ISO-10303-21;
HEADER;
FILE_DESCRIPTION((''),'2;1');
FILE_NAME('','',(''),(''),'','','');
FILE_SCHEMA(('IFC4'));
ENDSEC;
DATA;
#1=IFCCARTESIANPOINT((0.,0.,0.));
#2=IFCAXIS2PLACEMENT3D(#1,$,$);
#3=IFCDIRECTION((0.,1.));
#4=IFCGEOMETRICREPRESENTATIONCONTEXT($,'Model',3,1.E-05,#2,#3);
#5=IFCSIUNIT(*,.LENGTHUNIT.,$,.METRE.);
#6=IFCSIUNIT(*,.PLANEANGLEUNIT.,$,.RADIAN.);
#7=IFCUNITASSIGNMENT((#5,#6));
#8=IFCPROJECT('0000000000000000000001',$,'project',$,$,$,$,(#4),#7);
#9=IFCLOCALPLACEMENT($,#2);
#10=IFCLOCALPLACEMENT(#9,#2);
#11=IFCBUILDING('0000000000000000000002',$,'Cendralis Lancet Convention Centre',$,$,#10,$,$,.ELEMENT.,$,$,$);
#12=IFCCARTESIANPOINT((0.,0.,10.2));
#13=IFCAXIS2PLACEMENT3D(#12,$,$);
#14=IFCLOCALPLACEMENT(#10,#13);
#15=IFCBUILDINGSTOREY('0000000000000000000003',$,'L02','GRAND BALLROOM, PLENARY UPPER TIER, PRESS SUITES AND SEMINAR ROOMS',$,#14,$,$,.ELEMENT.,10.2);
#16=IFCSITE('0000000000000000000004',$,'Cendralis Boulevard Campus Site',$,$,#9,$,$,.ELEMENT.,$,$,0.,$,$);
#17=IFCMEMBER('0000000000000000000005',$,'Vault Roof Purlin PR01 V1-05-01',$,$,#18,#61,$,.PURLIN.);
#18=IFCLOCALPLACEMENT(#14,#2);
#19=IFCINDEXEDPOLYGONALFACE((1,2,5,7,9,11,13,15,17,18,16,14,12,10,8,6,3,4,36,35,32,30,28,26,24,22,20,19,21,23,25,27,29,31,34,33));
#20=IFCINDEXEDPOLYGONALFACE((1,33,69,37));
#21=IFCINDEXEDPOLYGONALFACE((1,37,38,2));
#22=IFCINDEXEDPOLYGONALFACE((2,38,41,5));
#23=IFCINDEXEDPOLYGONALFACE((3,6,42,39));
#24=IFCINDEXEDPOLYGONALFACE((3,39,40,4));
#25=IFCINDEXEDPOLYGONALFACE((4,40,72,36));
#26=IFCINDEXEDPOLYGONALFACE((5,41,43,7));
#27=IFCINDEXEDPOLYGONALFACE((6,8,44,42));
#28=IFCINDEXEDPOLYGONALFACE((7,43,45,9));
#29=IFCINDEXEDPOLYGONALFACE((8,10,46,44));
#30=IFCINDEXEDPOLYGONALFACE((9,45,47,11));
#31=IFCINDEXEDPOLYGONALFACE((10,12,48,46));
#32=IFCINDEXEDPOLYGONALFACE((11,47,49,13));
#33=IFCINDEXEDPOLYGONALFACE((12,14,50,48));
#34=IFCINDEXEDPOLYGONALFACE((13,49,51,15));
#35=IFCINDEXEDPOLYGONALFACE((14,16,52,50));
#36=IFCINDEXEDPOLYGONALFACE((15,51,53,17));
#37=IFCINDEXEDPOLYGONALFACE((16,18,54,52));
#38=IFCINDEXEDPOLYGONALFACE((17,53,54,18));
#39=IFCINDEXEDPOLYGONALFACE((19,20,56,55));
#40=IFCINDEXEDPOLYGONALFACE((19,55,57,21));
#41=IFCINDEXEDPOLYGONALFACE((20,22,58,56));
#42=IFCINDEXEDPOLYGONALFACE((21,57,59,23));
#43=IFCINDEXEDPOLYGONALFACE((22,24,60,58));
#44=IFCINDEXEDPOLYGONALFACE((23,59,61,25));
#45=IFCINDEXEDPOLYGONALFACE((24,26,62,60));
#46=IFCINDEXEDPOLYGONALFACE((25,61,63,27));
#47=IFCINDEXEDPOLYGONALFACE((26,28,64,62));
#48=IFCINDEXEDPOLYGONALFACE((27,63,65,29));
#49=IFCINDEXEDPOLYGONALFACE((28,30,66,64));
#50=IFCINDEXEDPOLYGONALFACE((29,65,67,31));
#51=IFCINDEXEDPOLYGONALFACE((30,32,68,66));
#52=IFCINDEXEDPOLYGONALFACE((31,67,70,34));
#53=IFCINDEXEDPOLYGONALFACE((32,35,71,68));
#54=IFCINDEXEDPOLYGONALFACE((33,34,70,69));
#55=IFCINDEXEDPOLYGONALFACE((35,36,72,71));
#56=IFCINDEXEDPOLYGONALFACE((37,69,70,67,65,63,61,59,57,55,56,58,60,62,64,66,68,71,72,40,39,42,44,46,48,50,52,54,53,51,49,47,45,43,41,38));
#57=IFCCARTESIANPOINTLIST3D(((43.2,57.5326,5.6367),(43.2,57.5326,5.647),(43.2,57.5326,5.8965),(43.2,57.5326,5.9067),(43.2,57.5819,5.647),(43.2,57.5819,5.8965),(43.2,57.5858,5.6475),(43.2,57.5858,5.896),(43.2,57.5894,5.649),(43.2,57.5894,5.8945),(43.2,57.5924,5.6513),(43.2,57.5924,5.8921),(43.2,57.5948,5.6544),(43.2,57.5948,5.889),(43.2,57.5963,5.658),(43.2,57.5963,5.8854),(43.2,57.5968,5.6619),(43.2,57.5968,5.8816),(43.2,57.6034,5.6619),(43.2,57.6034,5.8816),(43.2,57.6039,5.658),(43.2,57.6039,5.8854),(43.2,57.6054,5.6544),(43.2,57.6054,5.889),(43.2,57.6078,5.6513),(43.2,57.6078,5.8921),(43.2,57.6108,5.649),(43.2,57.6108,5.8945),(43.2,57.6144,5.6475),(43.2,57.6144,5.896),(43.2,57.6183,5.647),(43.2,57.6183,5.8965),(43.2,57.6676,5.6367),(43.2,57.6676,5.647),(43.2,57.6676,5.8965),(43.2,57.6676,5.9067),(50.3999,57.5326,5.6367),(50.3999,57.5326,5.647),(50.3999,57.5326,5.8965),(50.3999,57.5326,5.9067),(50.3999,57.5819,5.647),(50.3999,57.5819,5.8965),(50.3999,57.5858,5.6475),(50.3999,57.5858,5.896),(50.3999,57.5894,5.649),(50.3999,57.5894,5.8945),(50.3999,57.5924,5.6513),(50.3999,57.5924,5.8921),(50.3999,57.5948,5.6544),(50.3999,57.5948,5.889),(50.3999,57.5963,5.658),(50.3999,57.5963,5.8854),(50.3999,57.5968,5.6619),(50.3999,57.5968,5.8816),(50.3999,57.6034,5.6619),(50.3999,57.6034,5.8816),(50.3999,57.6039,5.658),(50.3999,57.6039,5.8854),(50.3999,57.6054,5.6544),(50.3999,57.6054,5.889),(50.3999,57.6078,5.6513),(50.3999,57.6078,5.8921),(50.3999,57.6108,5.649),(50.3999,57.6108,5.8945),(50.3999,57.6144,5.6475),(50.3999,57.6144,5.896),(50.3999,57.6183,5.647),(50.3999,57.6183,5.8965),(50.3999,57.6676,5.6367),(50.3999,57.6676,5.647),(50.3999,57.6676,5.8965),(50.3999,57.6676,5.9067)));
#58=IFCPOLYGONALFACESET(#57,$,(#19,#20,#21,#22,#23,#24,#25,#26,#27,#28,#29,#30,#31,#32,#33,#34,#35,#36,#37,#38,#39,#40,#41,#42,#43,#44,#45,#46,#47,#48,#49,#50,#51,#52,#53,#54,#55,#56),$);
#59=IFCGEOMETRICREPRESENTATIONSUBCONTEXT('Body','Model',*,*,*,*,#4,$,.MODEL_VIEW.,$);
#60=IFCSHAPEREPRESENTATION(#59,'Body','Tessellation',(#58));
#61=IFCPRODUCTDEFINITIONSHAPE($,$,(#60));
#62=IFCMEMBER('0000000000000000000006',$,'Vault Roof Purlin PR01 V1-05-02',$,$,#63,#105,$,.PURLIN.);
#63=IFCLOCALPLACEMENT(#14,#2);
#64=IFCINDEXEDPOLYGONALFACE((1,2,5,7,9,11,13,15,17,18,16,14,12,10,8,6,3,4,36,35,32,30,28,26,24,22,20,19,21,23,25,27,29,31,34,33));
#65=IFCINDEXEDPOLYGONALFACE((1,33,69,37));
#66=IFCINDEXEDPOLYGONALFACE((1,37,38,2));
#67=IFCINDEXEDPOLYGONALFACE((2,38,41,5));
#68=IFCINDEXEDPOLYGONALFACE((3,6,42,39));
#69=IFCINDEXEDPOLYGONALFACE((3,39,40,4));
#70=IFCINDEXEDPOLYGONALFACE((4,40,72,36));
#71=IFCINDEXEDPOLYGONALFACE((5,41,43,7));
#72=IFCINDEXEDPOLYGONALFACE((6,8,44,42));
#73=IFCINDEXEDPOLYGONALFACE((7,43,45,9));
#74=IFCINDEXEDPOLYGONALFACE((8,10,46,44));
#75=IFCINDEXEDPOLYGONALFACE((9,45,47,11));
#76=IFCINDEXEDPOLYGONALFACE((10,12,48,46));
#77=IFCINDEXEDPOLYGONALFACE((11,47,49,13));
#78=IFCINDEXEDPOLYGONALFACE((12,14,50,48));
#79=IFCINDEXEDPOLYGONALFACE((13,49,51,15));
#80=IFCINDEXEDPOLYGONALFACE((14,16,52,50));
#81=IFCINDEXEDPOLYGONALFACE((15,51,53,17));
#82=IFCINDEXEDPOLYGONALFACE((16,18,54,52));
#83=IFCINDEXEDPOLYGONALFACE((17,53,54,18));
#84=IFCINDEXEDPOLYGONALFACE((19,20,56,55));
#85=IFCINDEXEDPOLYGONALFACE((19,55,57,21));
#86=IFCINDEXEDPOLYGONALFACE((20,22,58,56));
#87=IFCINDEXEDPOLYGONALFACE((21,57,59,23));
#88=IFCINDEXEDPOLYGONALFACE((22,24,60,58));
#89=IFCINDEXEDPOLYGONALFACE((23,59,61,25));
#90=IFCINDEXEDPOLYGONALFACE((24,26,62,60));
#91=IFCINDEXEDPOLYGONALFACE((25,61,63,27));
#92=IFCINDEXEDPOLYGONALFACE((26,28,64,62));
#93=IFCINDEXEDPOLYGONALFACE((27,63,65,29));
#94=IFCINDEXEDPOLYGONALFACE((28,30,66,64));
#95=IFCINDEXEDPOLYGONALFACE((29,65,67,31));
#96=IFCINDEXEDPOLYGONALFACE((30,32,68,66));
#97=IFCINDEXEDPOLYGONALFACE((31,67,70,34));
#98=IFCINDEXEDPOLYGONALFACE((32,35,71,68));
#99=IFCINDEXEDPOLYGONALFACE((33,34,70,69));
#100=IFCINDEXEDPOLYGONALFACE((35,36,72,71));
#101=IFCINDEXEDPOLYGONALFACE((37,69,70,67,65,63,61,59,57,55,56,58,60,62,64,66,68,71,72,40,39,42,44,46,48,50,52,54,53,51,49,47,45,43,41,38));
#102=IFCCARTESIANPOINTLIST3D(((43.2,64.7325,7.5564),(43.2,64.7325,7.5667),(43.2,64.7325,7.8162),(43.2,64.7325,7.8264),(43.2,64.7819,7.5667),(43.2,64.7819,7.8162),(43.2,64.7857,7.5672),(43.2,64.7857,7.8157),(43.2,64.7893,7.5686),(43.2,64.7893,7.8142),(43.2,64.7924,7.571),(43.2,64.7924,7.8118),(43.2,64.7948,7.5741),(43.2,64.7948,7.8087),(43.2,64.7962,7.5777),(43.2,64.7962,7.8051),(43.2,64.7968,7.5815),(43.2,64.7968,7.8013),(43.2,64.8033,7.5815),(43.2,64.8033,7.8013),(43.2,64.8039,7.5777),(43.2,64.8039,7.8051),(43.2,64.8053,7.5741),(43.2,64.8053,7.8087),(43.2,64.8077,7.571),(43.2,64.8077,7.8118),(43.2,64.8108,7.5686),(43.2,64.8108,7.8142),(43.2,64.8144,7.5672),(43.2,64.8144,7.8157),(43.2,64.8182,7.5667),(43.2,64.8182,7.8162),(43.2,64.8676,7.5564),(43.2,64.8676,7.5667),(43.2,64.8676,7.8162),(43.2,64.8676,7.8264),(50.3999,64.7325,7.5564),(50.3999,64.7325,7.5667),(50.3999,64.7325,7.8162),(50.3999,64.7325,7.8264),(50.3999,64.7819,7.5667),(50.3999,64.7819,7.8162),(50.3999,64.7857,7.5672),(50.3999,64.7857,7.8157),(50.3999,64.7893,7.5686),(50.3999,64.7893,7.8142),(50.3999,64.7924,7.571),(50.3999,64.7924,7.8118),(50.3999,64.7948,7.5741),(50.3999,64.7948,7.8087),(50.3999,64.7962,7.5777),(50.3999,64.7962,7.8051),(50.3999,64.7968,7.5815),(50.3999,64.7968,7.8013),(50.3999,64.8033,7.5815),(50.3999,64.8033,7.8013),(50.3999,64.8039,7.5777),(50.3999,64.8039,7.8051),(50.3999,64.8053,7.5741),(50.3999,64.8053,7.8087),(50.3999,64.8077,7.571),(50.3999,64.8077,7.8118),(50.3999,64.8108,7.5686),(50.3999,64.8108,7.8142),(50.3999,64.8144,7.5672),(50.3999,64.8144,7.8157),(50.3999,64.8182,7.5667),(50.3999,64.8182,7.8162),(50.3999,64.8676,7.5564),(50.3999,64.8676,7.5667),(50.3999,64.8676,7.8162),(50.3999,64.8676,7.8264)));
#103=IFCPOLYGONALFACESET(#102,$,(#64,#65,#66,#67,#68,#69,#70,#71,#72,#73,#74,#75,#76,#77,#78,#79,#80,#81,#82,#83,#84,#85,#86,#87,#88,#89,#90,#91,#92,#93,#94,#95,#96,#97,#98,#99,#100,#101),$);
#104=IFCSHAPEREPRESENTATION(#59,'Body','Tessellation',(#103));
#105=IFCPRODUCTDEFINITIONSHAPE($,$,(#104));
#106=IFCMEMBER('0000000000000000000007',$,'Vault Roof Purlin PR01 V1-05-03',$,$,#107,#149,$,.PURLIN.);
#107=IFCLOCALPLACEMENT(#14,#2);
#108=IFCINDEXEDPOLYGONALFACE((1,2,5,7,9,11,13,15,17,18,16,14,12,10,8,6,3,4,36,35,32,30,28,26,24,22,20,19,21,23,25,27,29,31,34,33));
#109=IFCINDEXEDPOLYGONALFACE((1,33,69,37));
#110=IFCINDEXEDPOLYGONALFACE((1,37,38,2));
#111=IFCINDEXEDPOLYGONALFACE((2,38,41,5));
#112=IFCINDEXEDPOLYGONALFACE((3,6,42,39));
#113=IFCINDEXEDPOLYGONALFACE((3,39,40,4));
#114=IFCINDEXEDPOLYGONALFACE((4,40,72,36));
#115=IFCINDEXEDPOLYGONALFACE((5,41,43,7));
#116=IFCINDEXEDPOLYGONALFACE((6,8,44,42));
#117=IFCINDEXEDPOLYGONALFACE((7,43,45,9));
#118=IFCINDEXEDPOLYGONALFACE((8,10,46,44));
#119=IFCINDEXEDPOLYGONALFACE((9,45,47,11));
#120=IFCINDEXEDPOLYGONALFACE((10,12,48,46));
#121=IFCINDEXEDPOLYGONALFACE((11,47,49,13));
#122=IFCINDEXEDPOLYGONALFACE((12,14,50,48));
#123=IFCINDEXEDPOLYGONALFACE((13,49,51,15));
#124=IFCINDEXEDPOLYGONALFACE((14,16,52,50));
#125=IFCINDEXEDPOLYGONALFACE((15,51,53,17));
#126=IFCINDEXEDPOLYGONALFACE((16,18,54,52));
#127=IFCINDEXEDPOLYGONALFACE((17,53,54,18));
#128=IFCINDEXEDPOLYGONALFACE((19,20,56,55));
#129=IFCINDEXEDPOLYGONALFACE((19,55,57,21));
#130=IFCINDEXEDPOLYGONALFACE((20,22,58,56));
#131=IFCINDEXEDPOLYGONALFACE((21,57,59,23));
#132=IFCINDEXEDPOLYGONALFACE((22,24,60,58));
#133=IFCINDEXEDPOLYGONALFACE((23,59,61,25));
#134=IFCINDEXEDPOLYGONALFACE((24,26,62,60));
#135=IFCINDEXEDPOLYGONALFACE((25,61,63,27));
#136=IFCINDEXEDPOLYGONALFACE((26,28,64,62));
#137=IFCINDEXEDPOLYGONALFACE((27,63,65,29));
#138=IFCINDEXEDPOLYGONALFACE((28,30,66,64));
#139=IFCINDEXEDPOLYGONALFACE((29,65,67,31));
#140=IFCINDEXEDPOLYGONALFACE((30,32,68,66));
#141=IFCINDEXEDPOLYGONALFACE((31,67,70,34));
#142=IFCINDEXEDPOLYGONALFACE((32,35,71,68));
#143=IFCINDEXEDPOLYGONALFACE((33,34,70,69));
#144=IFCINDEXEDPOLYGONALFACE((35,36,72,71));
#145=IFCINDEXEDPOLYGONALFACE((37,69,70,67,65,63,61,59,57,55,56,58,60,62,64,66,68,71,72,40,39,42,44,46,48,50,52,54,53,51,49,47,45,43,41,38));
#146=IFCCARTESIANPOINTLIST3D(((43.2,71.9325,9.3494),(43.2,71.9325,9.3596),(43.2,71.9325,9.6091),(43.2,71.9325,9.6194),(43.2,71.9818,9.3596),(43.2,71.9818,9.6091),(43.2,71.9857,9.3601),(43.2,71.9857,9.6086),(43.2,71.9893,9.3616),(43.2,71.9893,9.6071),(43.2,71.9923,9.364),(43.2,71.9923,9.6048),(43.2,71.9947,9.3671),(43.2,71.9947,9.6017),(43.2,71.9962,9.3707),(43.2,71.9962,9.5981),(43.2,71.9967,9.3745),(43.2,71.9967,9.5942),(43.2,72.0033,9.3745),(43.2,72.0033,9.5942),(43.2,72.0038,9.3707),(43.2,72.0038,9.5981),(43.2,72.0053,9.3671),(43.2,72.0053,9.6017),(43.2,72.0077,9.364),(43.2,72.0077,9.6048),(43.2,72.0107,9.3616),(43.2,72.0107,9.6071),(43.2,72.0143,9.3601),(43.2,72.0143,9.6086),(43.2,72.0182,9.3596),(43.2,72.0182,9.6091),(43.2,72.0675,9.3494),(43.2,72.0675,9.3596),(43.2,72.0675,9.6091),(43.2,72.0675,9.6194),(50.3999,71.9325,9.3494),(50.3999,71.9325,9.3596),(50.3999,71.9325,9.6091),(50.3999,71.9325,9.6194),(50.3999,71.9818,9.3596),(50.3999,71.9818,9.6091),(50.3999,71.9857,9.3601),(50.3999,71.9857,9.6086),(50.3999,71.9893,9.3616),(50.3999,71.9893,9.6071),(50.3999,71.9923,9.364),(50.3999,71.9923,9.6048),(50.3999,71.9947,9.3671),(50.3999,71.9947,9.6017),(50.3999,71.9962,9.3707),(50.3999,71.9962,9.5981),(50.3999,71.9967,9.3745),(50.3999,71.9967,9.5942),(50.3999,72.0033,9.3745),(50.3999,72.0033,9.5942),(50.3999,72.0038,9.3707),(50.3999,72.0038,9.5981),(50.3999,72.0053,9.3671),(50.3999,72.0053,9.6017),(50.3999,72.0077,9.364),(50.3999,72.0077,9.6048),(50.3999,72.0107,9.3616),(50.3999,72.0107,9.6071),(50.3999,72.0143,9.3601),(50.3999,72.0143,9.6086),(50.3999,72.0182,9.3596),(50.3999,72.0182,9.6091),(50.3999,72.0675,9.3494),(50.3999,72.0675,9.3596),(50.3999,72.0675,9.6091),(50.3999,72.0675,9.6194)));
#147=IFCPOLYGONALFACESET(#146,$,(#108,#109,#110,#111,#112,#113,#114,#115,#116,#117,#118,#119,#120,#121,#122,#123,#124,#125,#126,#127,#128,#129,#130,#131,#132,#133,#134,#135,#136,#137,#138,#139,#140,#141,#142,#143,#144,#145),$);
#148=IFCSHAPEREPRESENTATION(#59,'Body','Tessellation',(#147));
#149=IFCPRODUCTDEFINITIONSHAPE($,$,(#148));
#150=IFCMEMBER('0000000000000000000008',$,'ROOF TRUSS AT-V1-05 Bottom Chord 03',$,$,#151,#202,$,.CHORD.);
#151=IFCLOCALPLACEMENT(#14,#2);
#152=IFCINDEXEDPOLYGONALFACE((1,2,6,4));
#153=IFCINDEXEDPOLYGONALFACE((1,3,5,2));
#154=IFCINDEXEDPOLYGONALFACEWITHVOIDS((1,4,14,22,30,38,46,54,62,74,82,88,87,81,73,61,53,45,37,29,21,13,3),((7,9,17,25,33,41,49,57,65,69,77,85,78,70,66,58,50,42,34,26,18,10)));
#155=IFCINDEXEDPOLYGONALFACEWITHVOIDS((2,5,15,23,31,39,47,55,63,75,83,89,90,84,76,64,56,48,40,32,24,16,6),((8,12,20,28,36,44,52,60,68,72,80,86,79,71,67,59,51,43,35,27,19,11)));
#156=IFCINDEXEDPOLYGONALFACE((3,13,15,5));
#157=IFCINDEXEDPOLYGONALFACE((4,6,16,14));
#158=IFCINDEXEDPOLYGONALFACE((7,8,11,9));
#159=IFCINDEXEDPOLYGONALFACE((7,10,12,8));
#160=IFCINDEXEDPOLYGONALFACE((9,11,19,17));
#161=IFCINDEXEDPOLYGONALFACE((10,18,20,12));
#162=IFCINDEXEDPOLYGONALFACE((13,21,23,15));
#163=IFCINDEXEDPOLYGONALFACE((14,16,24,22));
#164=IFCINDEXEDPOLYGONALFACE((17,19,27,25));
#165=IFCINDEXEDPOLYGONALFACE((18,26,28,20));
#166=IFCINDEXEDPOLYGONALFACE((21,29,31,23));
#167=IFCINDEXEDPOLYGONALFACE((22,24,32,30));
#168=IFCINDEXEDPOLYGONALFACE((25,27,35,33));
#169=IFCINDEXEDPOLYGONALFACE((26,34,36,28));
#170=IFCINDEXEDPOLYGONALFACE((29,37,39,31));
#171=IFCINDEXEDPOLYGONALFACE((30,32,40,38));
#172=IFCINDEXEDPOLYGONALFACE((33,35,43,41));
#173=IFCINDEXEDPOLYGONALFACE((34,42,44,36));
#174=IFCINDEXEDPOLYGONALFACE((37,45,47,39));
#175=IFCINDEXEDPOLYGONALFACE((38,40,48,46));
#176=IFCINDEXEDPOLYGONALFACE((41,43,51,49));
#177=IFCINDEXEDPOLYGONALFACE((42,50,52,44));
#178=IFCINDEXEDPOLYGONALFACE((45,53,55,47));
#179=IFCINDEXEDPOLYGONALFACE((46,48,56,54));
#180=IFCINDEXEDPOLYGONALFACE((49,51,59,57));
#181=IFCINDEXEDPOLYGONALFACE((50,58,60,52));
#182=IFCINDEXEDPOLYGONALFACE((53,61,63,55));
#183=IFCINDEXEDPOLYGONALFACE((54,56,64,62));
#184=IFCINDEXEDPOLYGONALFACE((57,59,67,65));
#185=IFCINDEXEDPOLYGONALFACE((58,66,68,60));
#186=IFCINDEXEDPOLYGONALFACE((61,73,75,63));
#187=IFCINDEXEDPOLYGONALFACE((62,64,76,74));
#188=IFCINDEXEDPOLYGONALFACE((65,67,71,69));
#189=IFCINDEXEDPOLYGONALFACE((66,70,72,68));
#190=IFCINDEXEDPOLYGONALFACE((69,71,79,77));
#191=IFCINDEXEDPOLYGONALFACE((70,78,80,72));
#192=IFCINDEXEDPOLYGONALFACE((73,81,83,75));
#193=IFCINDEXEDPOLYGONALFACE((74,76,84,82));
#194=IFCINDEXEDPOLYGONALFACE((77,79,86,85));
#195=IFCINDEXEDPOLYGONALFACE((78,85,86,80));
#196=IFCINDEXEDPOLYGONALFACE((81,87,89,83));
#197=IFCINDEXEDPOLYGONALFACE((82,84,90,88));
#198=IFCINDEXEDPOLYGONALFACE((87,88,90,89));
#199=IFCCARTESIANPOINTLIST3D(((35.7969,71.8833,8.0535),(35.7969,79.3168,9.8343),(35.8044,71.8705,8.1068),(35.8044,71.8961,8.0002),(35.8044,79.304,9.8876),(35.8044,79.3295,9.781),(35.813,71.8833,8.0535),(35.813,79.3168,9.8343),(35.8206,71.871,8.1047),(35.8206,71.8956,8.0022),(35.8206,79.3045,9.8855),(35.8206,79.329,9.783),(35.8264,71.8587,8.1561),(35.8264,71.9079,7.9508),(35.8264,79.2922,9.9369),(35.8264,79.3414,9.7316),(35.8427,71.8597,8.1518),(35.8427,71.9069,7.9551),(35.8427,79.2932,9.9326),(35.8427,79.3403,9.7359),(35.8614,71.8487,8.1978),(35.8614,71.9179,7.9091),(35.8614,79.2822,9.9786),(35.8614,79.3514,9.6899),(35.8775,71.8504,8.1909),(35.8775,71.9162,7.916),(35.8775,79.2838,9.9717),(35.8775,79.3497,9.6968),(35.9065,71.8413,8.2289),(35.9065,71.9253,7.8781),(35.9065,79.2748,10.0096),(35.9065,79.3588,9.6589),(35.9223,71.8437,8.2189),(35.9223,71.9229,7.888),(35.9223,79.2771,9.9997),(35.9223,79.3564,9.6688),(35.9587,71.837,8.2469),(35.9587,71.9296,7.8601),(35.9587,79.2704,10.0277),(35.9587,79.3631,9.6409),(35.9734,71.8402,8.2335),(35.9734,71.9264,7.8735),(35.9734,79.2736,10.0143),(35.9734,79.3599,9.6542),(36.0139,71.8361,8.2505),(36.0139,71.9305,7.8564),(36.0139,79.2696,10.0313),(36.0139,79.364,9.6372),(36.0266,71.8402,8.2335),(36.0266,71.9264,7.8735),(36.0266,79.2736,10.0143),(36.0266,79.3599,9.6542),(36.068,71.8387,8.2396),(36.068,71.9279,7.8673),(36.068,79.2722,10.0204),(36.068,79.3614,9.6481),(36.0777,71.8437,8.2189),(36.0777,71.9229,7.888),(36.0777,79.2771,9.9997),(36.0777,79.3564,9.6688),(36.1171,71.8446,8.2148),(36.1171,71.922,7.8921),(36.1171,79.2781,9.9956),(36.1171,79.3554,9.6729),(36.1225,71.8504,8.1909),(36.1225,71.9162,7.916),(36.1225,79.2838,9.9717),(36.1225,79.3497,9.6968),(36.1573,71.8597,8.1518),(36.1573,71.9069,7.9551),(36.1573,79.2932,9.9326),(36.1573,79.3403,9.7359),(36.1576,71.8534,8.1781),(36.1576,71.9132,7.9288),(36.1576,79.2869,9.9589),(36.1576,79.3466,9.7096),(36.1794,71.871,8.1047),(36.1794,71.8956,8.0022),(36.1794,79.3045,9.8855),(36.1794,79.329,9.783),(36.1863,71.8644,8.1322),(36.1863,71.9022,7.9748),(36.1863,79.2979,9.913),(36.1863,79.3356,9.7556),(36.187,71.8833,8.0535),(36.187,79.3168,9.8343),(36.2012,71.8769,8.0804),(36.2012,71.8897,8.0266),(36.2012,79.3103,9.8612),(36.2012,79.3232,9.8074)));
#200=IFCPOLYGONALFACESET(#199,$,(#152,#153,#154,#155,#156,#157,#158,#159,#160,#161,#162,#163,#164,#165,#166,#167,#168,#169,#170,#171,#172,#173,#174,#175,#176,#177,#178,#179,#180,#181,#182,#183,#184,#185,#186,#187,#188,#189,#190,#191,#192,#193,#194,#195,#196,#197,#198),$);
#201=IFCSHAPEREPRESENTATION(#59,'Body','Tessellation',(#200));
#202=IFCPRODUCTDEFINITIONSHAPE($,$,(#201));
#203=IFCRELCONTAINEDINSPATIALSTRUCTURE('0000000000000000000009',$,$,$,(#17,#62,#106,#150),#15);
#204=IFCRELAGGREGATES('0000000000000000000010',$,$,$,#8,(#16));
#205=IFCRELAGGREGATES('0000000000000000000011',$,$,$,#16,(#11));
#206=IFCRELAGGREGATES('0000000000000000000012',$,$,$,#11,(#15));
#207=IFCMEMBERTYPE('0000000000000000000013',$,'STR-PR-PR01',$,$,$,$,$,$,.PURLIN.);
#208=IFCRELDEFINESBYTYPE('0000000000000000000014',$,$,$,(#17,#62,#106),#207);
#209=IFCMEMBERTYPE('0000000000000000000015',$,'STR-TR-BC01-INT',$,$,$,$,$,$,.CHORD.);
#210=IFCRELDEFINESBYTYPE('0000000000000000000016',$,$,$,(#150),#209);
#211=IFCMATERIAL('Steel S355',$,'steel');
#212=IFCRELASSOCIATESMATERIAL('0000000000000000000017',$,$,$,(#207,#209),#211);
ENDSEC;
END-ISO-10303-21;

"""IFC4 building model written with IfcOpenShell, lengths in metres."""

from ifc_helpers import new_model, si_unit, direction, frame, origin, origin_2d, place, context, subcontext, project, spatial, hollow_circle, i_section, extrude, material, material_profile, profile_set, type_object, element, save


model = new_model("IFC4")

# Units and contexts
model_context = context("Model", 3, precision=1e-05, world=origin(), true_north=direction((0.0, 1.0)))
body_context = subcontext(model_context, "Body", "Model", "MODEL_VIEW")
ifc_project = project(units=[si_unit("LENGTHUNIT", "METRE"), si_unit("PLANEANGLEUNIT", "RADIAN")], contexts=[model_context])

# Site, building, storey
site_placement = place(None, origin())
site = spatial("IfcSite", under=ifc_project, at=site_placement, Name="Cendralis Boulevard Campus Site", CompositionType="ELEMENT", RefElevation=0.0)
building_placement = place(site_placement, origin())
building = spatial("IfcBuilding", under=site, at=building_placement, Name="Cendralis Lancet Convention Centre", CompositionType="ELEMENT")
storey_placement = place(building_placement, frame((0.0, 0.0, 10.2)))
storey = spatial("IfcBuildingStorey", under=building, at=storey_placement, Name="L02", Description="GRAND BALLROOM, PLENARY UPPER TIER, PRESS SUITES AND SEMINAR ROOMS", CompositionType="ELEMENT", Elevation=10.2)

# Members
ifc_material = material(Name="Steel S355", Category="steel")
ifc_material_profile_1 = material_profile(ifc_material, i_section(OverallWidth=0.135, OverallDepth=0.27, WebThickness=0.0066, FlangeThickness=0.0103, FilletRadius=0.0149, at=origin_2d()), Name="IPE 270")
ifc_profile_set_1 = profile_set([ifc_material_profile_1], Name="Steel S355")
member_type_1 = type_object("IfcMemberType", Name="STR-PR-PR01", PredefinedType="PURLIN", material=ifc_profile_set_1)
for number, where, z_axis, x_axis, name in (
    (1, (43.2, 57.6001, 5.7717), (1.0, 0.0, 0.0), (0.0, 1.0, 0.0), "Vault Roof Purlin PR01 V1-05-01"),
    (2, (43.2, 64.8, 7.6914), (1.0, 0.0, 0.0), (0.0, 1.0, 0.0), "Vault Roof Purlin PR01 V1-05-02"),
    (3, (43.2, 72.0, 9.4844), (1.0, 0.0, 0.0), (0.0, 1.0, 0.0), "Vault Roof Purlin PR01 V1-05-03"),
):
    element("IfcMember", number, at=place(storey_placement, frame(where, z_axis=z_axis, x_axis=x_axis)), inside=storey, type_object=member_type_1, Name=name, PredefinedType="PURLIN", context=body_context, shape_type="SweptSolid", body=[
        extrude(i_section(OverallWidth=0.135, OverallDepth=0.27, WebThickness=0.0066, FlangeThickness=0.0103, FilletRadius=0.0149, at=origin_2d()), origin(), (0.0, 0.0, 1.0), 7.2),
    ])
ifc_material_profile_2 = material_profile(ifc_material, hollow_circle(Radius=0.2031, WallThickness=0.0161, at=origin_2d()), Name="CHS 406.4x16.0")
ifc_profile_set_2 = profile_set([ifc_material_profile_2], Name="Steel S355")
member_type_2 = type_object("IfcMemberType", Name="STR-TR-BC01-INT", PredefinedType="CHORD", material=ifc_profile_set_2)
member_1_placement = place(storey_placement, frame((36.0, 71.8833, 8.0535), z_axis=(0.0, 0.972483, 0.232972), x_axis=(-1.0, 0.0, 0.0)))
element("IfcMember", 4, at=member_1_placement, inside=storey, type_object=member_type_2, Name="ROOF TRUSS AT-V1-05 Bottom Chord 03", PredefinedType="CHORD", context=body_context, shape_type="SweptSolid", body=[
    extrude(hollow_circle(Radius=0.2031, WallThickness=0.0161, at=origin_2d()), origin(), (0.0, 0.0, 1.0), 7.6438),
])

save(model, "model.ifc")
